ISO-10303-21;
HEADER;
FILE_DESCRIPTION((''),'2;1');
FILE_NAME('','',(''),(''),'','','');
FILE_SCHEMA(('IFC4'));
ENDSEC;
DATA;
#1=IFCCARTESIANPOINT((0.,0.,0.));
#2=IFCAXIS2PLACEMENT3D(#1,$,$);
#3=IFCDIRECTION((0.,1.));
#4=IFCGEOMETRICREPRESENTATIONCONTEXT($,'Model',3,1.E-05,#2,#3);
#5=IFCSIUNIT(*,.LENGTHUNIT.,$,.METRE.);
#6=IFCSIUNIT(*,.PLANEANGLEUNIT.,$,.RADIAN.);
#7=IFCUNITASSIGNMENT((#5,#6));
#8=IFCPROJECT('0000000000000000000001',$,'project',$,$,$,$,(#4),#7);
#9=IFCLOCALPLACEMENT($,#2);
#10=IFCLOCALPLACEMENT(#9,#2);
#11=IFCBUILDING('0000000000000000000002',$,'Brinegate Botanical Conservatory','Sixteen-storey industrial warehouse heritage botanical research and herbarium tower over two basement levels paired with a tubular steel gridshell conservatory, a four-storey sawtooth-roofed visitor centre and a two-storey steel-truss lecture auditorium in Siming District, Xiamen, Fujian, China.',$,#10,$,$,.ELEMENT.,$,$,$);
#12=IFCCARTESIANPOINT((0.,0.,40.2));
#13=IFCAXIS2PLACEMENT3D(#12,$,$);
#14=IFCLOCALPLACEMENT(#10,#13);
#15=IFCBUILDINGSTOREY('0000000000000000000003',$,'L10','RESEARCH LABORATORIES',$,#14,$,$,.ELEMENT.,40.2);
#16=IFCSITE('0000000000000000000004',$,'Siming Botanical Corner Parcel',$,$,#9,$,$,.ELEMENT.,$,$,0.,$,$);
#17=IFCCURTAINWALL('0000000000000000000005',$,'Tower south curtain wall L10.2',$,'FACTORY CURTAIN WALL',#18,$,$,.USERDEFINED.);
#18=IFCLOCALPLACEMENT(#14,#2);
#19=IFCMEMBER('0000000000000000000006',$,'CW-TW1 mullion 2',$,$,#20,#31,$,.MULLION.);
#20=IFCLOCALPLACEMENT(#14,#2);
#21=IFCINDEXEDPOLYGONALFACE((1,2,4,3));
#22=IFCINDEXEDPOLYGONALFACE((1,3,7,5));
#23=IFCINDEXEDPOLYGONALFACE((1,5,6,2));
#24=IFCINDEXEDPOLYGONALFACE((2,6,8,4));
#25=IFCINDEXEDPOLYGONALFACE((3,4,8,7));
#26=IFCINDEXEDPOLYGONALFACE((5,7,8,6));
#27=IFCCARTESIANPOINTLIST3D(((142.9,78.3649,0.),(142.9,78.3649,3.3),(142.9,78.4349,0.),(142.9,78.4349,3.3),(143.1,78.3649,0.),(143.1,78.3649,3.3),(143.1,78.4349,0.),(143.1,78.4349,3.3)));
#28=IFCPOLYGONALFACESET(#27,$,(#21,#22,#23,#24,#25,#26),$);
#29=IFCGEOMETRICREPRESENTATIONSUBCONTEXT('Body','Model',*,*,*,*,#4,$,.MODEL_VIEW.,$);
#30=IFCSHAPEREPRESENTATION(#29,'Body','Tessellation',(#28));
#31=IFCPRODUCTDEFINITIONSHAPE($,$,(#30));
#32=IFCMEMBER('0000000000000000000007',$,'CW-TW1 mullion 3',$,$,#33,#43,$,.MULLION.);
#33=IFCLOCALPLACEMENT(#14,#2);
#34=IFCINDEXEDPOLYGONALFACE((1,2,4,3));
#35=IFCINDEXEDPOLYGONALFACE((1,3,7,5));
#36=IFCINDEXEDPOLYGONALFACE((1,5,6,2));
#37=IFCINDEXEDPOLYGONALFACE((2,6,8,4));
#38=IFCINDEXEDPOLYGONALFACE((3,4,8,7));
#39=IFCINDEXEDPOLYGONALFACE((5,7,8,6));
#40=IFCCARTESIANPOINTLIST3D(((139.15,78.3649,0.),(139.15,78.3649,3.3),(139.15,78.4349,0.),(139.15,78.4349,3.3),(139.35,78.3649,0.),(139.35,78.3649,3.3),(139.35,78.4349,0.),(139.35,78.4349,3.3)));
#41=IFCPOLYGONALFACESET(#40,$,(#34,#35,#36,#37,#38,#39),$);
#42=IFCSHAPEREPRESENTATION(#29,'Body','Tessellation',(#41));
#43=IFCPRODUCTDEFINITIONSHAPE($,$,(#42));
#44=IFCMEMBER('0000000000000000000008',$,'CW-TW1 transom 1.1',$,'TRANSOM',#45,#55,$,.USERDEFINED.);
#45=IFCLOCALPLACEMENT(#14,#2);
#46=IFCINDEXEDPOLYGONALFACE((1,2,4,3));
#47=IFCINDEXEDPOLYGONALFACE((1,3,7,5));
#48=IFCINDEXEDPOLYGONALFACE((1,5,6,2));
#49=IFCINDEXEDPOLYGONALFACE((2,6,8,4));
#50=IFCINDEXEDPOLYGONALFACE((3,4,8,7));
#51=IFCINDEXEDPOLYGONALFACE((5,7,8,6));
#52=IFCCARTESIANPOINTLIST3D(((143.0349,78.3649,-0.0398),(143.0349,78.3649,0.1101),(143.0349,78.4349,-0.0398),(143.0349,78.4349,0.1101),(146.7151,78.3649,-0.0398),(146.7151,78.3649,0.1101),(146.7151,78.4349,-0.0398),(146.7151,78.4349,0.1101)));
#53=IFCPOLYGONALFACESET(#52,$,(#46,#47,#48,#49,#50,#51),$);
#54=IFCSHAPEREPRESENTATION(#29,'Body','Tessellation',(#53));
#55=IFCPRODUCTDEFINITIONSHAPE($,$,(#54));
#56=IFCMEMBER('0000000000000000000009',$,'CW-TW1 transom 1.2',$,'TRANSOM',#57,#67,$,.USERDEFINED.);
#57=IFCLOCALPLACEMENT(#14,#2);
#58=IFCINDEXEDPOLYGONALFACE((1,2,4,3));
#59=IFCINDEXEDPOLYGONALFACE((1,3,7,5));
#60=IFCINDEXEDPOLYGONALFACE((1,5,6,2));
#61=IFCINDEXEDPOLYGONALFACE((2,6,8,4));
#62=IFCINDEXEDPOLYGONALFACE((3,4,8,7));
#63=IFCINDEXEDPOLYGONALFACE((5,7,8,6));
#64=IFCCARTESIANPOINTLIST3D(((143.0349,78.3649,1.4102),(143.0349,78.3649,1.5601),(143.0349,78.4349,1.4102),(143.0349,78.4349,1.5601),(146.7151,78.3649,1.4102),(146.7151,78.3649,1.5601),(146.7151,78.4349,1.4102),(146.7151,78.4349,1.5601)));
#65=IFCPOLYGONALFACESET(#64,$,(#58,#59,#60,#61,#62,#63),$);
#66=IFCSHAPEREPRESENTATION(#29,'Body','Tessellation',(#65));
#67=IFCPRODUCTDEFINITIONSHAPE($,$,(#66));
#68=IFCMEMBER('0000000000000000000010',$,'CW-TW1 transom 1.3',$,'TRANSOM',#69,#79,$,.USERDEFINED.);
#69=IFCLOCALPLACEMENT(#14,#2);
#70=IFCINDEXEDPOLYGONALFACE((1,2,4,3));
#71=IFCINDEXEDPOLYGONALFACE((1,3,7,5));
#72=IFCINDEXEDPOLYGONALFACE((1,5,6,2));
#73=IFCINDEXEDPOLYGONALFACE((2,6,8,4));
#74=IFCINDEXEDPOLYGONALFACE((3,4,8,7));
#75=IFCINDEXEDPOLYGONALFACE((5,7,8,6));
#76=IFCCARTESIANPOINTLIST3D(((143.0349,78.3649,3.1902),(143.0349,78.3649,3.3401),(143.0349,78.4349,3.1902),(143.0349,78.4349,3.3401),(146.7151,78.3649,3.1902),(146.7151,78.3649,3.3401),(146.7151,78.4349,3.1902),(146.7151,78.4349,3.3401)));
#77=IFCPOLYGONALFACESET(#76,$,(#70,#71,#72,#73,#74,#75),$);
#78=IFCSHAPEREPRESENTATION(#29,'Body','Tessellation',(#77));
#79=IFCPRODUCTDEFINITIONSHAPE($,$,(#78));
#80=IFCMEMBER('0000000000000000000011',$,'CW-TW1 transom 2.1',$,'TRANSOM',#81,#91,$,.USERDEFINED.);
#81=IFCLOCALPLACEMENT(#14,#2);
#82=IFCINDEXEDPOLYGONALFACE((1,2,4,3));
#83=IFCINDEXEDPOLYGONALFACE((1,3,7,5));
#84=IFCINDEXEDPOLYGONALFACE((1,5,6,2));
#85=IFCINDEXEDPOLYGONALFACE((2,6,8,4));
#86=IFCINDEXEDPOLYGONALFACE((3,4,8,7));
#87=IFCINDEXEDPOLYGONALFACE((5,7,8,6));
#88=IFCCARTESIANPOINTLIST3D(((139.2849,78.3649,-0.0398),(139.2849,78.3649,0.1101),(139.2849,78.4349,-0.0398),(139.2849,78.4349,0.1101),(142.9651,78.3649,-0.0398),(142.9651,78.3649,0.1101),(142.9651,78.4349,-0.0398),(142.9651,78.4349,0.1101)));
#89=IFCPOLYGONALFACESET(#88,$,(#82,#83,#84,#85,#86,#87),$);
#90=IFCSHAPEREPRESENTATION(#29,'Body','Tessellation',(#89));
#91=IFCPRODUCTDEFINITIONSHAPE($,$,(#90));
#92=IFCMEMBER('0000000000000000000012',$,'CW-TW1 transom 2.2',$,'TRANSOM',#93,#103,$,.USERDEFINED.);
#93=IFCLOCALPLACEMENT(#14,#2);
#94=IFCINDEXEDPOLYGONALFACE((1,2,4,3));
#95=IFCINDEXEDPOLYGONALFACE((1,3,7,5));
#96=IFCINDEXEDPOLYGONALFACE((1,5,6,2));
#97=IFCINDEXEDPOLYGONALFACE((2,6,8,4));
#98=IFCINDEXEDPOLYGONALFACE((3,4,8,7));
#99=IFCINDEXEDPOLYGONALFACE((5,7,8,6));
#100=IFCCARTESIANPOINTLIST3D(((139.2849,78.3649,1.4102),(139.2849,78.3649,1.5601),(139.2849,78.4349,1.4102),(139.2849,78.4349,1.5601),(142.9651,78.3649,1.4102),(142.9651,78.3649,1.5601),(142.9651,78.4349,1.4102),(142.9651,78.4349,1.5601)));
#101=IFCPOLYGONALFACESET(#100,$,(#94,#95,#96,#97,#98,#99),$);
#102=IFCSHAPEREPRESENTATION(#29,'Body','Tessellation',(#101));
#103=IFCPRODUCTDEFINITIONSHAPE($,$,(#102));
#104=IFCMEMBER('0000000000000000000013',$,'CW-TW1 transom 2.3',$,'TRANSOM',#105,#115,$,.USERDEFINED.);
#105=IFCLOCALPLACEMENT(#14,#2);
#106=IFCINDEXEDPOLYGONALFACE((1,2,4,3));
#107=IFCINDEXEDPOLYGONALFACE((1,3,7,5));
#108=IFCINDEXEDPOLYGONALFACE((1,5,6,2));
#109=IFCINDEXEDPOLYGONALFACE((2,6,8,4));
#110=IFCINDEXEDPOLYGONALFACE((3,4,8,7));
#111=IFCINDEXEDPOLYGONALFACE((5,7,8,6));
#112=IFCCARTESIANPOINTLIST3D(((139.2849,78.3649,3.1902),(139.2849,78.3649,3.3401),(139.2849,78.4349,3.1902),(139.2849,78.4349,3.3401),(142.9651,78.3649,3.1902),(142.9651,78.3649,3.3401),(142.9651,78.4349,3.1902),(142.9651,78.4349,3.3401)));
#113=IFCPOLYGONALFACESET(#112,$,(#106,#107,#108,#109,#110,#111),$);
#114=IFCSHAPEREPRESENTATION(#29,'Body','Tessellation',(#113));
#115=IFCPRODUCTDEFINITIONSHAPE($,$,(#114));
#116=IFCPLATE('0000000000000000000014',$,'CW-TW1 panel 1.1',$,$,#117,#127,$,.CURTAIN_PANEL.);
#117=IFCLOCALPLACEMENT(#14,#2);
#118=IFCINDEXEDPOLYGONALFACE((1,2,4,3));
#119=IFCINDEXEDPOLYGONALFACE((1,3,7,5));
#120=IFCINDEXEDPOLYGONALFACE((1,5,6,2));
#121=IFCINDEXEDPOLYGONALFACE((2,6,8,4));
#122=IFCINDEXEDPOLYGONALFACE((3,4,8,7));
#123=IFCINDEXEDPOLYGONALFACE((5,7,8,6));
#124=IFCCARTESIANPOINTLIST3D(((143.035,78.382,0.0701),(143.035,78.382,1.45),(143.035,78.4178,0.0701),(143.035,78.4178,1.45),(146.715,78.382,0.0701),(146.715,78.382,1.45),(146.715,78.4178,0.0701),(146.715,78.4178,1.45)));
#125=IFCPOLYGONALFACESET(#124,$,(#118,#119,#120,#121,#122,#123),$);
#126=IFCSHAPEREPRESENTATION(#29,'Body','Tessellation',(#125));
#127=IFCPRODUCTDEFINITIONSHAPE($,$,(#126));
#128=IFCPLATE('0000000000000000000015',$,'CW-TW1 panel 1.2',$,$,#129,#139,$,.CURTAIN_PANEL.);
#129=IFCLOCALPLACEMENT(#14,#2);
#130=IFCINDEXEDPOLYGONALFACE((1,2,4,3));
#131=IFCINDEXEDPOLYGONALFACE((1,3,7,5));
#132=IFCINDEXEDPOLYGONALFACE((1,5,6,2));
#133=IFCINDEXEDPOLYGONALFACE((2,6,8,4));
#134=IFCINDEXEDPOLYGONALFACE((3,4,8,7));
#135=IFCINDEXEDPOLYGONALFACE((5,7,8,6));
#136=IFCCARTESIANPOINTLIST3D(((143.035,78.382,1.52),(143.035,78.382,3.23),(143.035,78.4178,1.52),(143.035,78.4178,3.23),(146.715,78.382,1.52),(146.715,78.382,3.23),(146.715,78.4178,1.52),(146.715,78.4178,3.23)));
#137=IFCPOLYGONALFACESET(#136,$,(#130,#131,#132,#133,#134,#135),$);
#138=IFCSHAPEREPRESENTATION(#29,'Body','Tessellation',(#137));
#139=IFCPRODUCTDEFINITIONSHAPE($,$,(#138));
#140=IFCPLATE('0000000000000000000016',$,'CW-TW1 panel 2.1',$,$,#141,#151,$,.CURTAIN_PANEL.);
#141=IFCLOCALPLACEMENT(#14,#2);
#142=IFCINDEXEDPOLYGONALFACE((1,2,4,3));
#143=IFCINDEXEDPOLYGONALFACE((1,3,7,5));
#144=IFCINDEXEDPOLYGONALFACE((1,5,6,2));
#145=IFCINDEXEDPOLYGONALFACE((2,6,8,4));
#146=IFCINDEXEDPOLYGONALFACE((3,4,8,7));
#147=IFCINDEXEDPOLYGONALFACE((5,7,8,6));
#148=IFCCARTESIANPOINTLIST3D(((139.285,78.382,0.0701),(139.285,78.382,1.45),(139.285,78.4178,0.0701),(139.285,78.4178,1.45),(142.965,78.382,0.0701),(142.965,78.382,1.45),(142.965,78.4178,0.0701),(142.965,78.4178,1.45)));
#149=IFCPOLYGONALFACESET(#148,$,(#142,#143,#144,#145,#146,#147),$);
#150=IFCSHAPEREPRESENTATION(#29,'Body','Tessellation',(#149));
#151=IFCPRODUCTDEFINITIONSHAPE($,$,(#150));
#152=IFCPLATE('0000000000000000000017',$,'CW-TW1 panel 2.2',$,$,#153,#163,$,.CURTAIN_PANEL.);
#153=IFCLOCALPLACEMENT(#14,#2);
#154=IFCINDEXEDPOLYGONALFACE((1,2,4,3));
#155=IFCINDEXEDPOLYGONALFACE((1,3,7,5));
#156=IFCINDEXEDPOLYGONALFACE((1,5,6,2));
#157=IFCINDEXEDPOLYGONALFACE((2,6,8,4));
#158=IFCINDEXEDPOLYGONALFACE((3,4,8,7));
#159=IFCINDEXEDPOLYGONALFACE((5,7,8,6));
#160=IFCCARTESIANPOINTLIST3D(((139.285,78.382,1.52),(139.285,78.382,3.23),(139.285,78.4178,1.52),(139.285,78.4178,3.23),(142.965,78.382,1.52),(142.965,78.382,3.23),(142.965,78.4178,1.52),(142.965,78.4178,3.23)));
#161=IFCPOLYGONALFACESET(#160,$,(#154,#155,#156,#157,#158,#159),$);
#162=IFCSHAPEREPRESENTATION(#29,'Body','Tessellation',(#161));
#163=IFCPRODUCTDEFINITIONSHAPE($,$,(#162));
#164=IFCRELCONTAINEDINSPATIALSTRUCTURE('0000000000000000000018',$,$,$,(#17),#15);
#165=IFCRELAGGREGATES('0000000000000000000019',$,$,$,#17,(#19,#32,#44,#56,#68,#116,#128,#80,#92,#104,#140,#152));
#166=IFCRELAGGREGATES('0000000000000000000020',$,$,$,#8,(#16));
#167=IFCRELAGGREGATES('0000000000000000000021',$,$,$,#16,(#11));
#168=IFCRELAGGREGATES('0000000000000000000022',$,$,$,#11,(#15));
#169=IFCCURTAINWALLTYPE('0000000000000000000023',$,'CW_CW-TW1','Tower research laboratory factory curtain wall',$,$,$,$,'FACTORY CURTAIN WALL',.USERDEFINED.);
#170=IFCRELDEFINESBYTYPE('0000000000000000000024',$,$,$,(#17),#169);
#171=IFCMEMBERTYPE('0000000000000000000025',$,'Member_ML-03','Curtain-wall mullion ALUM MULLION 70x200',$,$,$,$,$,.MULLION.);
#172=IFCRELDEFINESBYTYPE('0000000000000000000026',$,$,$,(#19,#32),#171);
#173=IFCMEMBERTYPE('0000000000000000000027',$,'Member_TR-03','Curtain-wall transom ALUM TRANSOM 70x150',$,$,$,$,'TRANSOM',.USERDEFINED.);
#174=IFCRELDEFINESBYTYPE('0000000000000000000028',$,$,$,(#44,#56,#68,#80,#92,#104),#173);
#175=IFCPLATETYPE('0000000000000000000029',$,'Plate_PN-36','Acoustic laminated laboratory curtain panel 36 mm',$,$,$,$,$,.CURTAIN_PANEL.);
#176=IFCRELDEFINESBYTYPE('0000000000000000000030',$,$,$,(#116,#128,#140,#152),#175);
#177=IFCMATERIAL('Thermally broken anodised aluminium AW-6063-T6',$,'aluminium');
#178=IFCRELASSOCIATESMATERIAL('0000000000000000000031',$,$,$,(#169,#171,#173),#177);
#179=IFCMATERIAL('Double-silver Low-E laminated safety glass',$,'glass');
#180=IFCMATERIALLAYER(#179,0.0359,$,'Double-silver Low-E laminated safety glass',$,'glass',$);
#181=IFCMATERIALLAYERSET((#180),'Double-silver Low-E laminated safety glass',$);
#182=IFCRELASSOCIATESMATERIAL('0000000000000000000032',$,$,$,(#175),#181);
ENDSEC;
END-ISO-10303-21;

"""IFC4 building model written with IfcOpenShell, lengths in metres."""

from ifc_helpers import new_model, si_unit, direction, frame, origin, origin_2d, place, context, subcontext, project, spatial, rectangle, extrude, material, layer, layer_set, material_profile, profile_set, type_object, element, aggregate, save


model = new_model("IFC4")

# Units and contexts
model_context = context("Model", 3, precision=1e-05, world=origin(), true_north=direction((0.0, 1.0)))
body_context = subcontext(model_context, "Body", "Model", "MODEL_VIEW")
ifc_project = project(units=[si_unit("LENGTHUNIT", "METRE"), si_unit("PLANEANGLEUNIT", "RADIAN")], contexts=[model_context])

# Site, building, storey
site_placement = place(None, origin())
site = spatial("IfcSite", under=ifc_project, at=site_placement, Name="Siming Botanical Corner Parcel", CompositionType="ELEMENT", RefElevation=0.0)
building_placement = place(site_placement, origin())
building = spatial("IfcBuilding", under=site, at=building_placement, Name="Brinegate Botanical Conservatory", Description="Sixteen-storey industrial warehouse heritage botanical research and herbarium tower over two basement levels paired with a tubular steel gridshell conservatory, a four-storey sawtooth-roofed visitor centre and a two-storey steel-truss lecture auditorium in Siming District, Xiamen, Fujian, China.", CompositionType="ELEMENT")
storey_placement = place(building_placement, frame((0.0, 0.0, 40.2)))
storey = spatial("IfcBuildingStorey", under=building, at=storey_placement, Name="L10", Description="RESEARCH LABORATORIES", CompositionType="ELEMENT", Elevation=40.2)

# Curtain wall, members, plates
ifc_material_1 = material(Name="Thermally broken anodised aluminium AW-6063-T6", Category="aluminium")
curtain_wall_type = type_object("IfcCurtainWallType", Name="CW_CW-TW1", Description="Tower research laboratory factory curtain wall", ElementType="FACTORY CURTAIN WALL", PredefinedType="USERDEFINED", material=ifc_material_1)
curtain_wall_placement = place(storey_placement, origin())
curtain_wall = element("IfcCurtainWall", 1, at=curtain_wall_placement, inside=storey, type_object=curtain_wall_type, Name="Tower south curtain wall L10.2", ObjectType="FACTORY CURTAIN WALL", PredefinedType="USERDEFINED")
ifc_material_profile_1 = material_profile(ifc_material_1, rectangle(XDim=0.0701, YDim=0.2, at=origin_2d()), Name="ALUM MULLION 70x200")
ifc_profile_set_1 = profile_set([ifc_material_profile_1], Name="Thermally broken anodised aluminium AW-6063-T6")
member_type_1 = type_object("IfcMemberType", Name="Member_ML-03", Description="Curtain-wall mullion ALUM MULLION 70x200", PredefinedType="MULLION", material=ifc_profile_set_1)
member_1_placement = place(storey_placement, frame((143.0, 78.3999, 0.0), z_axis=(0.0, 0.0, 1.0), x_axis=(0.0, -1.0, 0.0)))
member_1 = element("IfcMember", 2, at=member_1_placement, type_object=member_type_1, Name="CW-TW1 mullion 2", PredefinedType="MULLION", context=body_context, shape_type="SweptSolid", body=[
    extrude(rectangle(XDim=0.0701, YDim=0.2, at=origin_2d()), origin(), (0.0, 0.0, 1.0), 3.3),
])
member_2_placement = place(storey_placement, frame((139.25, 78.3999, 0.0), z_axis=(0.0, 0.0, 1.0), x_axis=(0.0, -1.0, 0.0)))
member_2 = element("IfcMember", 3, at=member_2_placement, type_object=member_type_1, Name="CW-TW1 mullion 3", PredefinedType="MULLION", context=body_context, shape_type="SweptSolid", body=[
    extrude(rectangle(XDim=0.0701, YDim=0.2, at=origin_2d()), origin(), (0.0, 0.0, 1.0), 3.3),
])
ifc_material_profile_2 = material_profile(ifc_material_1, rectangle(XDim=0.0701, YDim=0.1499, at=origin_2d()), Name="ALUM TRANSOM 70x150")
ifc_profile_set_2 = profile_set([ifc_material_profile_2], Name="Thermally broken anodised aluminium AW-6063-T6")
member_type_2 = type_object("IfcMemberType", Name="Member_TR-03", Description="Curtain-wall transom ALUM TRANSOM 70x150", ElementType="TRANSOM", PredefinedType="USERDEFINED", material=ifc_profile_set_2)
member_3_placement = place(storey_placement, frame((146.7151, 78.3999, 0.0352), z_axis=(-1.0, 0.0, 0.0), x_axis=(0.0, -1.0, 0.0)))
member_3 = element("IfcMember", 4, at=member_3_placement, type_object=member_type_2, Name="CW-TW1 transom 1.1", ObjectType="TRANSOM", PredefinedType="USERDEFINED", context=body_context, shape_type="SweptSolid", body=[
    extrude(rectangle(XDim=0.0701, YDim=0.1499, at=origin_2d()), origin(), (0.0, 0.0, 1.0), 3.6802),
])
member_4_placement = place(storey_placement, frame((146.7151, 78.3999, 1.4851), z_axis=(-1.0, 0.0, 0.0), x_axis=(0.0, -1.0, 0.0)))
member_4 = element("IfcMember", 5, at=member_4_placement, type_object=member_type_2, Name="CW-TW1 transom 1.2", ObjectType="TRANSOM", PredefinedType="USERDEFINED", context=body_context, shape_type="SweptSolid", body=[
    extrude(rectangle(XDim=0.0701, YDim=0.1499, at=origin_2d()), origin(), (0.0, 0.0, 1.0), 3.6802),
])
member_5_placement = place(storey_placement, frame((146.7151, 78.3999, 3.2651), z_axis=(-1.0, 0.0, 0.0), x_axis=(0.0, -1.0, 0.0)))
member_5 = element("IfcMember", 6, at=member_5_placement, type_object=member_type_2, Name="CW-TW1 transom 1.3", ObjectType="TRANSOM", PredefinedType="USERDEFINED", context=body_context, shape_type="SweptSolid", body=[
    extrude(rectangle(XDim=0.0701, YDim=0.1499, at=origin_2d()), origin(), (0.0, 0.0, 1.0), 3.6802),
])
member_6_placement = place(storey_placement, frame((142.9651, 78.3999, 0.0352), z_axis=(-1.0, 0.0, 0.0), x_axis=(0.0, -1.0, 0.0)))
member_6 = element("IfcMember", 7, at=member_6_placement, type_object=member_type_2, Name="CW-TW1 transom 2.1", ObjectType="TRANSOM", PredefinedType="USERDEFINED", context=body_context, shape_type="SweptSolid", body=[
    extrude(rectangle(XDim=0.0701, YDim=0.1499, at=origin_2d()), origin(), (0.0, 0.0, 1.0), 3.6802),
])
member_7_placement = place(storey_placement, frame((142.9651, 78.3999, 1.4851), z_axis=(-1.0, 0.0, 0.0), x_axis=(0.0, -1.0, 0.0)))
member_7 = element("IfcMember", 8, at=member_7_placement, type_object=member_type_2, Name="CW-TW1 transom 2.2", ObjectType="TRANSOM", PredefinedType="USERDEFINED", context=body_context, shape_type="SweptSolid", body=[
    extrude(rectangle(XDim=0.0701, YDim=0.1499, at=origin_2d()), origin(), (0.0, 0.0, 1.0), 3.6802),
])
member_8_placement = place(storey_placement, frame((142.9651, 78.3999, 3.2651), z_axis=(-1.0, 0.0, 0.0), x_axis=(0.0, -1.0, 0.0)))
member_8 = element("IfcMember", 9, at=member_8_placement, type_object=member_type_2, Name="CW-TW1 transom 2.3", ObjectType="TRANSOM", PredefinedType="USERDEFINED", context=body_context, shape_type="SweptSolid", body=[
    extrude(rectangle(XDim=0.0701, YDim=0.1499, at=origin_2d()), origin(), (0.0, 0.0, 1.0), 3.6802),
])
ifc_material_2 = material(Name="Double-silver Low-E laminated safety glass", Category="glass")
ifc_layer_1 = layer(ifc_material_2, 0.0359, Name="Double-silver Low-E laminated safety glass", Category="glass")
ifc_layer_set_1 = layer_set([ifc_layer_1], Name="Double-silver Low-E laminated safety glass")
plate_type = type_object("IfcPlateType", Name="Plate_PN-36", Description="Acoustic laminated laboratory curtain panel 36 mm", PredefinedType="CURTAIN_PANEL", material=ifc_layer_set_1)
plate_1_placement = place(storey_placement, frame((144.875, 78.3999, 0.0701), z_axis=(0.0, 0.0, 1.0), x_axis=(-1.0, 0.0, 0.0)))
plate_1 = element("IfcPlate", 10, at=plate_1_placement, type_object=plate_type, Name="CW-TW1 panel 1.1", PredefinedType="CURTAIN_PANEL", context=body_context, shape_type="SweptSolid", body=[
    extrude(rectangle(XDim=3.6799, YDim=0.0359, at=origin_2d()), origin(), (0.0, 0.0, 1.0), 1.3799),
])
plate_2_placement = place(storey_placement, frame((144.875, 78.3999, 1.52), z_axis=(0.0, 0.0, 1.0), x_axis=(-1.0, 0.0, 0.0)))
plate_2 = element("IfcPlate", 11, at=plate_2_placement, type_object=plate_type, Name="CW-TW1 panel 1.2", PredefinedType="CURTAIN_PANEL", context=body_context, shape_type="SweptSolid", body=[
    extrude(rectangle(XDim=3.6799, YDim=0.0359, at=origin_2d()), origin(), (0.0, 0.0, 1.0), 1.71),
])
plate_3_placement = place(storey_placement, frame((141.125, 78.3999, 0.0701), z_axis=(0.0, 0.0, 1.0), x_axis=(-1.0, 0.0, 0.0)))
plate_3 = element("IfcPlate", 12, at=plate_3_placement, type_object=plate_type, Name="CW-TW1 panel 2.1", PredefinedType="CURTAIN_PANEL", context=body_context, shape_type="SweptSolid", body=[
    extrude(rectangle(XDim=3.6799, YDim=0.0359, at=origin_2d()), origin(), (0.0, 0.0, 1.0), 1.3799),
])
plate_4_placement = place(storey_placement, frame((141.125, 78.3999, 1.52), z_axis=(0.0, 0.0, 1.0), x_axis=(-1.0, 0.0, 0.0)))
plate_4 = element("IfcPlate", 13, at=plate_4_placement, type_object=plate_type, Name="CW-TW1 panel 2.2", PredefinedType="CURTAIN_PANEL", context=body_context, shape_type="SweptSolid", body=[
    extrude(rectangle(XDim=3.6799, YDim=0.0359, at=origin_2d()), origin(), (0.0, 0.0, 1.0), 1.71),
])
aggregate(curtain_wall, [member_1, member_2, member_3, member_4, member_5, plate_1, plate_2, member_6, member_7, member_8, plate_3, plate_4])

save(model, "model.ifc")
